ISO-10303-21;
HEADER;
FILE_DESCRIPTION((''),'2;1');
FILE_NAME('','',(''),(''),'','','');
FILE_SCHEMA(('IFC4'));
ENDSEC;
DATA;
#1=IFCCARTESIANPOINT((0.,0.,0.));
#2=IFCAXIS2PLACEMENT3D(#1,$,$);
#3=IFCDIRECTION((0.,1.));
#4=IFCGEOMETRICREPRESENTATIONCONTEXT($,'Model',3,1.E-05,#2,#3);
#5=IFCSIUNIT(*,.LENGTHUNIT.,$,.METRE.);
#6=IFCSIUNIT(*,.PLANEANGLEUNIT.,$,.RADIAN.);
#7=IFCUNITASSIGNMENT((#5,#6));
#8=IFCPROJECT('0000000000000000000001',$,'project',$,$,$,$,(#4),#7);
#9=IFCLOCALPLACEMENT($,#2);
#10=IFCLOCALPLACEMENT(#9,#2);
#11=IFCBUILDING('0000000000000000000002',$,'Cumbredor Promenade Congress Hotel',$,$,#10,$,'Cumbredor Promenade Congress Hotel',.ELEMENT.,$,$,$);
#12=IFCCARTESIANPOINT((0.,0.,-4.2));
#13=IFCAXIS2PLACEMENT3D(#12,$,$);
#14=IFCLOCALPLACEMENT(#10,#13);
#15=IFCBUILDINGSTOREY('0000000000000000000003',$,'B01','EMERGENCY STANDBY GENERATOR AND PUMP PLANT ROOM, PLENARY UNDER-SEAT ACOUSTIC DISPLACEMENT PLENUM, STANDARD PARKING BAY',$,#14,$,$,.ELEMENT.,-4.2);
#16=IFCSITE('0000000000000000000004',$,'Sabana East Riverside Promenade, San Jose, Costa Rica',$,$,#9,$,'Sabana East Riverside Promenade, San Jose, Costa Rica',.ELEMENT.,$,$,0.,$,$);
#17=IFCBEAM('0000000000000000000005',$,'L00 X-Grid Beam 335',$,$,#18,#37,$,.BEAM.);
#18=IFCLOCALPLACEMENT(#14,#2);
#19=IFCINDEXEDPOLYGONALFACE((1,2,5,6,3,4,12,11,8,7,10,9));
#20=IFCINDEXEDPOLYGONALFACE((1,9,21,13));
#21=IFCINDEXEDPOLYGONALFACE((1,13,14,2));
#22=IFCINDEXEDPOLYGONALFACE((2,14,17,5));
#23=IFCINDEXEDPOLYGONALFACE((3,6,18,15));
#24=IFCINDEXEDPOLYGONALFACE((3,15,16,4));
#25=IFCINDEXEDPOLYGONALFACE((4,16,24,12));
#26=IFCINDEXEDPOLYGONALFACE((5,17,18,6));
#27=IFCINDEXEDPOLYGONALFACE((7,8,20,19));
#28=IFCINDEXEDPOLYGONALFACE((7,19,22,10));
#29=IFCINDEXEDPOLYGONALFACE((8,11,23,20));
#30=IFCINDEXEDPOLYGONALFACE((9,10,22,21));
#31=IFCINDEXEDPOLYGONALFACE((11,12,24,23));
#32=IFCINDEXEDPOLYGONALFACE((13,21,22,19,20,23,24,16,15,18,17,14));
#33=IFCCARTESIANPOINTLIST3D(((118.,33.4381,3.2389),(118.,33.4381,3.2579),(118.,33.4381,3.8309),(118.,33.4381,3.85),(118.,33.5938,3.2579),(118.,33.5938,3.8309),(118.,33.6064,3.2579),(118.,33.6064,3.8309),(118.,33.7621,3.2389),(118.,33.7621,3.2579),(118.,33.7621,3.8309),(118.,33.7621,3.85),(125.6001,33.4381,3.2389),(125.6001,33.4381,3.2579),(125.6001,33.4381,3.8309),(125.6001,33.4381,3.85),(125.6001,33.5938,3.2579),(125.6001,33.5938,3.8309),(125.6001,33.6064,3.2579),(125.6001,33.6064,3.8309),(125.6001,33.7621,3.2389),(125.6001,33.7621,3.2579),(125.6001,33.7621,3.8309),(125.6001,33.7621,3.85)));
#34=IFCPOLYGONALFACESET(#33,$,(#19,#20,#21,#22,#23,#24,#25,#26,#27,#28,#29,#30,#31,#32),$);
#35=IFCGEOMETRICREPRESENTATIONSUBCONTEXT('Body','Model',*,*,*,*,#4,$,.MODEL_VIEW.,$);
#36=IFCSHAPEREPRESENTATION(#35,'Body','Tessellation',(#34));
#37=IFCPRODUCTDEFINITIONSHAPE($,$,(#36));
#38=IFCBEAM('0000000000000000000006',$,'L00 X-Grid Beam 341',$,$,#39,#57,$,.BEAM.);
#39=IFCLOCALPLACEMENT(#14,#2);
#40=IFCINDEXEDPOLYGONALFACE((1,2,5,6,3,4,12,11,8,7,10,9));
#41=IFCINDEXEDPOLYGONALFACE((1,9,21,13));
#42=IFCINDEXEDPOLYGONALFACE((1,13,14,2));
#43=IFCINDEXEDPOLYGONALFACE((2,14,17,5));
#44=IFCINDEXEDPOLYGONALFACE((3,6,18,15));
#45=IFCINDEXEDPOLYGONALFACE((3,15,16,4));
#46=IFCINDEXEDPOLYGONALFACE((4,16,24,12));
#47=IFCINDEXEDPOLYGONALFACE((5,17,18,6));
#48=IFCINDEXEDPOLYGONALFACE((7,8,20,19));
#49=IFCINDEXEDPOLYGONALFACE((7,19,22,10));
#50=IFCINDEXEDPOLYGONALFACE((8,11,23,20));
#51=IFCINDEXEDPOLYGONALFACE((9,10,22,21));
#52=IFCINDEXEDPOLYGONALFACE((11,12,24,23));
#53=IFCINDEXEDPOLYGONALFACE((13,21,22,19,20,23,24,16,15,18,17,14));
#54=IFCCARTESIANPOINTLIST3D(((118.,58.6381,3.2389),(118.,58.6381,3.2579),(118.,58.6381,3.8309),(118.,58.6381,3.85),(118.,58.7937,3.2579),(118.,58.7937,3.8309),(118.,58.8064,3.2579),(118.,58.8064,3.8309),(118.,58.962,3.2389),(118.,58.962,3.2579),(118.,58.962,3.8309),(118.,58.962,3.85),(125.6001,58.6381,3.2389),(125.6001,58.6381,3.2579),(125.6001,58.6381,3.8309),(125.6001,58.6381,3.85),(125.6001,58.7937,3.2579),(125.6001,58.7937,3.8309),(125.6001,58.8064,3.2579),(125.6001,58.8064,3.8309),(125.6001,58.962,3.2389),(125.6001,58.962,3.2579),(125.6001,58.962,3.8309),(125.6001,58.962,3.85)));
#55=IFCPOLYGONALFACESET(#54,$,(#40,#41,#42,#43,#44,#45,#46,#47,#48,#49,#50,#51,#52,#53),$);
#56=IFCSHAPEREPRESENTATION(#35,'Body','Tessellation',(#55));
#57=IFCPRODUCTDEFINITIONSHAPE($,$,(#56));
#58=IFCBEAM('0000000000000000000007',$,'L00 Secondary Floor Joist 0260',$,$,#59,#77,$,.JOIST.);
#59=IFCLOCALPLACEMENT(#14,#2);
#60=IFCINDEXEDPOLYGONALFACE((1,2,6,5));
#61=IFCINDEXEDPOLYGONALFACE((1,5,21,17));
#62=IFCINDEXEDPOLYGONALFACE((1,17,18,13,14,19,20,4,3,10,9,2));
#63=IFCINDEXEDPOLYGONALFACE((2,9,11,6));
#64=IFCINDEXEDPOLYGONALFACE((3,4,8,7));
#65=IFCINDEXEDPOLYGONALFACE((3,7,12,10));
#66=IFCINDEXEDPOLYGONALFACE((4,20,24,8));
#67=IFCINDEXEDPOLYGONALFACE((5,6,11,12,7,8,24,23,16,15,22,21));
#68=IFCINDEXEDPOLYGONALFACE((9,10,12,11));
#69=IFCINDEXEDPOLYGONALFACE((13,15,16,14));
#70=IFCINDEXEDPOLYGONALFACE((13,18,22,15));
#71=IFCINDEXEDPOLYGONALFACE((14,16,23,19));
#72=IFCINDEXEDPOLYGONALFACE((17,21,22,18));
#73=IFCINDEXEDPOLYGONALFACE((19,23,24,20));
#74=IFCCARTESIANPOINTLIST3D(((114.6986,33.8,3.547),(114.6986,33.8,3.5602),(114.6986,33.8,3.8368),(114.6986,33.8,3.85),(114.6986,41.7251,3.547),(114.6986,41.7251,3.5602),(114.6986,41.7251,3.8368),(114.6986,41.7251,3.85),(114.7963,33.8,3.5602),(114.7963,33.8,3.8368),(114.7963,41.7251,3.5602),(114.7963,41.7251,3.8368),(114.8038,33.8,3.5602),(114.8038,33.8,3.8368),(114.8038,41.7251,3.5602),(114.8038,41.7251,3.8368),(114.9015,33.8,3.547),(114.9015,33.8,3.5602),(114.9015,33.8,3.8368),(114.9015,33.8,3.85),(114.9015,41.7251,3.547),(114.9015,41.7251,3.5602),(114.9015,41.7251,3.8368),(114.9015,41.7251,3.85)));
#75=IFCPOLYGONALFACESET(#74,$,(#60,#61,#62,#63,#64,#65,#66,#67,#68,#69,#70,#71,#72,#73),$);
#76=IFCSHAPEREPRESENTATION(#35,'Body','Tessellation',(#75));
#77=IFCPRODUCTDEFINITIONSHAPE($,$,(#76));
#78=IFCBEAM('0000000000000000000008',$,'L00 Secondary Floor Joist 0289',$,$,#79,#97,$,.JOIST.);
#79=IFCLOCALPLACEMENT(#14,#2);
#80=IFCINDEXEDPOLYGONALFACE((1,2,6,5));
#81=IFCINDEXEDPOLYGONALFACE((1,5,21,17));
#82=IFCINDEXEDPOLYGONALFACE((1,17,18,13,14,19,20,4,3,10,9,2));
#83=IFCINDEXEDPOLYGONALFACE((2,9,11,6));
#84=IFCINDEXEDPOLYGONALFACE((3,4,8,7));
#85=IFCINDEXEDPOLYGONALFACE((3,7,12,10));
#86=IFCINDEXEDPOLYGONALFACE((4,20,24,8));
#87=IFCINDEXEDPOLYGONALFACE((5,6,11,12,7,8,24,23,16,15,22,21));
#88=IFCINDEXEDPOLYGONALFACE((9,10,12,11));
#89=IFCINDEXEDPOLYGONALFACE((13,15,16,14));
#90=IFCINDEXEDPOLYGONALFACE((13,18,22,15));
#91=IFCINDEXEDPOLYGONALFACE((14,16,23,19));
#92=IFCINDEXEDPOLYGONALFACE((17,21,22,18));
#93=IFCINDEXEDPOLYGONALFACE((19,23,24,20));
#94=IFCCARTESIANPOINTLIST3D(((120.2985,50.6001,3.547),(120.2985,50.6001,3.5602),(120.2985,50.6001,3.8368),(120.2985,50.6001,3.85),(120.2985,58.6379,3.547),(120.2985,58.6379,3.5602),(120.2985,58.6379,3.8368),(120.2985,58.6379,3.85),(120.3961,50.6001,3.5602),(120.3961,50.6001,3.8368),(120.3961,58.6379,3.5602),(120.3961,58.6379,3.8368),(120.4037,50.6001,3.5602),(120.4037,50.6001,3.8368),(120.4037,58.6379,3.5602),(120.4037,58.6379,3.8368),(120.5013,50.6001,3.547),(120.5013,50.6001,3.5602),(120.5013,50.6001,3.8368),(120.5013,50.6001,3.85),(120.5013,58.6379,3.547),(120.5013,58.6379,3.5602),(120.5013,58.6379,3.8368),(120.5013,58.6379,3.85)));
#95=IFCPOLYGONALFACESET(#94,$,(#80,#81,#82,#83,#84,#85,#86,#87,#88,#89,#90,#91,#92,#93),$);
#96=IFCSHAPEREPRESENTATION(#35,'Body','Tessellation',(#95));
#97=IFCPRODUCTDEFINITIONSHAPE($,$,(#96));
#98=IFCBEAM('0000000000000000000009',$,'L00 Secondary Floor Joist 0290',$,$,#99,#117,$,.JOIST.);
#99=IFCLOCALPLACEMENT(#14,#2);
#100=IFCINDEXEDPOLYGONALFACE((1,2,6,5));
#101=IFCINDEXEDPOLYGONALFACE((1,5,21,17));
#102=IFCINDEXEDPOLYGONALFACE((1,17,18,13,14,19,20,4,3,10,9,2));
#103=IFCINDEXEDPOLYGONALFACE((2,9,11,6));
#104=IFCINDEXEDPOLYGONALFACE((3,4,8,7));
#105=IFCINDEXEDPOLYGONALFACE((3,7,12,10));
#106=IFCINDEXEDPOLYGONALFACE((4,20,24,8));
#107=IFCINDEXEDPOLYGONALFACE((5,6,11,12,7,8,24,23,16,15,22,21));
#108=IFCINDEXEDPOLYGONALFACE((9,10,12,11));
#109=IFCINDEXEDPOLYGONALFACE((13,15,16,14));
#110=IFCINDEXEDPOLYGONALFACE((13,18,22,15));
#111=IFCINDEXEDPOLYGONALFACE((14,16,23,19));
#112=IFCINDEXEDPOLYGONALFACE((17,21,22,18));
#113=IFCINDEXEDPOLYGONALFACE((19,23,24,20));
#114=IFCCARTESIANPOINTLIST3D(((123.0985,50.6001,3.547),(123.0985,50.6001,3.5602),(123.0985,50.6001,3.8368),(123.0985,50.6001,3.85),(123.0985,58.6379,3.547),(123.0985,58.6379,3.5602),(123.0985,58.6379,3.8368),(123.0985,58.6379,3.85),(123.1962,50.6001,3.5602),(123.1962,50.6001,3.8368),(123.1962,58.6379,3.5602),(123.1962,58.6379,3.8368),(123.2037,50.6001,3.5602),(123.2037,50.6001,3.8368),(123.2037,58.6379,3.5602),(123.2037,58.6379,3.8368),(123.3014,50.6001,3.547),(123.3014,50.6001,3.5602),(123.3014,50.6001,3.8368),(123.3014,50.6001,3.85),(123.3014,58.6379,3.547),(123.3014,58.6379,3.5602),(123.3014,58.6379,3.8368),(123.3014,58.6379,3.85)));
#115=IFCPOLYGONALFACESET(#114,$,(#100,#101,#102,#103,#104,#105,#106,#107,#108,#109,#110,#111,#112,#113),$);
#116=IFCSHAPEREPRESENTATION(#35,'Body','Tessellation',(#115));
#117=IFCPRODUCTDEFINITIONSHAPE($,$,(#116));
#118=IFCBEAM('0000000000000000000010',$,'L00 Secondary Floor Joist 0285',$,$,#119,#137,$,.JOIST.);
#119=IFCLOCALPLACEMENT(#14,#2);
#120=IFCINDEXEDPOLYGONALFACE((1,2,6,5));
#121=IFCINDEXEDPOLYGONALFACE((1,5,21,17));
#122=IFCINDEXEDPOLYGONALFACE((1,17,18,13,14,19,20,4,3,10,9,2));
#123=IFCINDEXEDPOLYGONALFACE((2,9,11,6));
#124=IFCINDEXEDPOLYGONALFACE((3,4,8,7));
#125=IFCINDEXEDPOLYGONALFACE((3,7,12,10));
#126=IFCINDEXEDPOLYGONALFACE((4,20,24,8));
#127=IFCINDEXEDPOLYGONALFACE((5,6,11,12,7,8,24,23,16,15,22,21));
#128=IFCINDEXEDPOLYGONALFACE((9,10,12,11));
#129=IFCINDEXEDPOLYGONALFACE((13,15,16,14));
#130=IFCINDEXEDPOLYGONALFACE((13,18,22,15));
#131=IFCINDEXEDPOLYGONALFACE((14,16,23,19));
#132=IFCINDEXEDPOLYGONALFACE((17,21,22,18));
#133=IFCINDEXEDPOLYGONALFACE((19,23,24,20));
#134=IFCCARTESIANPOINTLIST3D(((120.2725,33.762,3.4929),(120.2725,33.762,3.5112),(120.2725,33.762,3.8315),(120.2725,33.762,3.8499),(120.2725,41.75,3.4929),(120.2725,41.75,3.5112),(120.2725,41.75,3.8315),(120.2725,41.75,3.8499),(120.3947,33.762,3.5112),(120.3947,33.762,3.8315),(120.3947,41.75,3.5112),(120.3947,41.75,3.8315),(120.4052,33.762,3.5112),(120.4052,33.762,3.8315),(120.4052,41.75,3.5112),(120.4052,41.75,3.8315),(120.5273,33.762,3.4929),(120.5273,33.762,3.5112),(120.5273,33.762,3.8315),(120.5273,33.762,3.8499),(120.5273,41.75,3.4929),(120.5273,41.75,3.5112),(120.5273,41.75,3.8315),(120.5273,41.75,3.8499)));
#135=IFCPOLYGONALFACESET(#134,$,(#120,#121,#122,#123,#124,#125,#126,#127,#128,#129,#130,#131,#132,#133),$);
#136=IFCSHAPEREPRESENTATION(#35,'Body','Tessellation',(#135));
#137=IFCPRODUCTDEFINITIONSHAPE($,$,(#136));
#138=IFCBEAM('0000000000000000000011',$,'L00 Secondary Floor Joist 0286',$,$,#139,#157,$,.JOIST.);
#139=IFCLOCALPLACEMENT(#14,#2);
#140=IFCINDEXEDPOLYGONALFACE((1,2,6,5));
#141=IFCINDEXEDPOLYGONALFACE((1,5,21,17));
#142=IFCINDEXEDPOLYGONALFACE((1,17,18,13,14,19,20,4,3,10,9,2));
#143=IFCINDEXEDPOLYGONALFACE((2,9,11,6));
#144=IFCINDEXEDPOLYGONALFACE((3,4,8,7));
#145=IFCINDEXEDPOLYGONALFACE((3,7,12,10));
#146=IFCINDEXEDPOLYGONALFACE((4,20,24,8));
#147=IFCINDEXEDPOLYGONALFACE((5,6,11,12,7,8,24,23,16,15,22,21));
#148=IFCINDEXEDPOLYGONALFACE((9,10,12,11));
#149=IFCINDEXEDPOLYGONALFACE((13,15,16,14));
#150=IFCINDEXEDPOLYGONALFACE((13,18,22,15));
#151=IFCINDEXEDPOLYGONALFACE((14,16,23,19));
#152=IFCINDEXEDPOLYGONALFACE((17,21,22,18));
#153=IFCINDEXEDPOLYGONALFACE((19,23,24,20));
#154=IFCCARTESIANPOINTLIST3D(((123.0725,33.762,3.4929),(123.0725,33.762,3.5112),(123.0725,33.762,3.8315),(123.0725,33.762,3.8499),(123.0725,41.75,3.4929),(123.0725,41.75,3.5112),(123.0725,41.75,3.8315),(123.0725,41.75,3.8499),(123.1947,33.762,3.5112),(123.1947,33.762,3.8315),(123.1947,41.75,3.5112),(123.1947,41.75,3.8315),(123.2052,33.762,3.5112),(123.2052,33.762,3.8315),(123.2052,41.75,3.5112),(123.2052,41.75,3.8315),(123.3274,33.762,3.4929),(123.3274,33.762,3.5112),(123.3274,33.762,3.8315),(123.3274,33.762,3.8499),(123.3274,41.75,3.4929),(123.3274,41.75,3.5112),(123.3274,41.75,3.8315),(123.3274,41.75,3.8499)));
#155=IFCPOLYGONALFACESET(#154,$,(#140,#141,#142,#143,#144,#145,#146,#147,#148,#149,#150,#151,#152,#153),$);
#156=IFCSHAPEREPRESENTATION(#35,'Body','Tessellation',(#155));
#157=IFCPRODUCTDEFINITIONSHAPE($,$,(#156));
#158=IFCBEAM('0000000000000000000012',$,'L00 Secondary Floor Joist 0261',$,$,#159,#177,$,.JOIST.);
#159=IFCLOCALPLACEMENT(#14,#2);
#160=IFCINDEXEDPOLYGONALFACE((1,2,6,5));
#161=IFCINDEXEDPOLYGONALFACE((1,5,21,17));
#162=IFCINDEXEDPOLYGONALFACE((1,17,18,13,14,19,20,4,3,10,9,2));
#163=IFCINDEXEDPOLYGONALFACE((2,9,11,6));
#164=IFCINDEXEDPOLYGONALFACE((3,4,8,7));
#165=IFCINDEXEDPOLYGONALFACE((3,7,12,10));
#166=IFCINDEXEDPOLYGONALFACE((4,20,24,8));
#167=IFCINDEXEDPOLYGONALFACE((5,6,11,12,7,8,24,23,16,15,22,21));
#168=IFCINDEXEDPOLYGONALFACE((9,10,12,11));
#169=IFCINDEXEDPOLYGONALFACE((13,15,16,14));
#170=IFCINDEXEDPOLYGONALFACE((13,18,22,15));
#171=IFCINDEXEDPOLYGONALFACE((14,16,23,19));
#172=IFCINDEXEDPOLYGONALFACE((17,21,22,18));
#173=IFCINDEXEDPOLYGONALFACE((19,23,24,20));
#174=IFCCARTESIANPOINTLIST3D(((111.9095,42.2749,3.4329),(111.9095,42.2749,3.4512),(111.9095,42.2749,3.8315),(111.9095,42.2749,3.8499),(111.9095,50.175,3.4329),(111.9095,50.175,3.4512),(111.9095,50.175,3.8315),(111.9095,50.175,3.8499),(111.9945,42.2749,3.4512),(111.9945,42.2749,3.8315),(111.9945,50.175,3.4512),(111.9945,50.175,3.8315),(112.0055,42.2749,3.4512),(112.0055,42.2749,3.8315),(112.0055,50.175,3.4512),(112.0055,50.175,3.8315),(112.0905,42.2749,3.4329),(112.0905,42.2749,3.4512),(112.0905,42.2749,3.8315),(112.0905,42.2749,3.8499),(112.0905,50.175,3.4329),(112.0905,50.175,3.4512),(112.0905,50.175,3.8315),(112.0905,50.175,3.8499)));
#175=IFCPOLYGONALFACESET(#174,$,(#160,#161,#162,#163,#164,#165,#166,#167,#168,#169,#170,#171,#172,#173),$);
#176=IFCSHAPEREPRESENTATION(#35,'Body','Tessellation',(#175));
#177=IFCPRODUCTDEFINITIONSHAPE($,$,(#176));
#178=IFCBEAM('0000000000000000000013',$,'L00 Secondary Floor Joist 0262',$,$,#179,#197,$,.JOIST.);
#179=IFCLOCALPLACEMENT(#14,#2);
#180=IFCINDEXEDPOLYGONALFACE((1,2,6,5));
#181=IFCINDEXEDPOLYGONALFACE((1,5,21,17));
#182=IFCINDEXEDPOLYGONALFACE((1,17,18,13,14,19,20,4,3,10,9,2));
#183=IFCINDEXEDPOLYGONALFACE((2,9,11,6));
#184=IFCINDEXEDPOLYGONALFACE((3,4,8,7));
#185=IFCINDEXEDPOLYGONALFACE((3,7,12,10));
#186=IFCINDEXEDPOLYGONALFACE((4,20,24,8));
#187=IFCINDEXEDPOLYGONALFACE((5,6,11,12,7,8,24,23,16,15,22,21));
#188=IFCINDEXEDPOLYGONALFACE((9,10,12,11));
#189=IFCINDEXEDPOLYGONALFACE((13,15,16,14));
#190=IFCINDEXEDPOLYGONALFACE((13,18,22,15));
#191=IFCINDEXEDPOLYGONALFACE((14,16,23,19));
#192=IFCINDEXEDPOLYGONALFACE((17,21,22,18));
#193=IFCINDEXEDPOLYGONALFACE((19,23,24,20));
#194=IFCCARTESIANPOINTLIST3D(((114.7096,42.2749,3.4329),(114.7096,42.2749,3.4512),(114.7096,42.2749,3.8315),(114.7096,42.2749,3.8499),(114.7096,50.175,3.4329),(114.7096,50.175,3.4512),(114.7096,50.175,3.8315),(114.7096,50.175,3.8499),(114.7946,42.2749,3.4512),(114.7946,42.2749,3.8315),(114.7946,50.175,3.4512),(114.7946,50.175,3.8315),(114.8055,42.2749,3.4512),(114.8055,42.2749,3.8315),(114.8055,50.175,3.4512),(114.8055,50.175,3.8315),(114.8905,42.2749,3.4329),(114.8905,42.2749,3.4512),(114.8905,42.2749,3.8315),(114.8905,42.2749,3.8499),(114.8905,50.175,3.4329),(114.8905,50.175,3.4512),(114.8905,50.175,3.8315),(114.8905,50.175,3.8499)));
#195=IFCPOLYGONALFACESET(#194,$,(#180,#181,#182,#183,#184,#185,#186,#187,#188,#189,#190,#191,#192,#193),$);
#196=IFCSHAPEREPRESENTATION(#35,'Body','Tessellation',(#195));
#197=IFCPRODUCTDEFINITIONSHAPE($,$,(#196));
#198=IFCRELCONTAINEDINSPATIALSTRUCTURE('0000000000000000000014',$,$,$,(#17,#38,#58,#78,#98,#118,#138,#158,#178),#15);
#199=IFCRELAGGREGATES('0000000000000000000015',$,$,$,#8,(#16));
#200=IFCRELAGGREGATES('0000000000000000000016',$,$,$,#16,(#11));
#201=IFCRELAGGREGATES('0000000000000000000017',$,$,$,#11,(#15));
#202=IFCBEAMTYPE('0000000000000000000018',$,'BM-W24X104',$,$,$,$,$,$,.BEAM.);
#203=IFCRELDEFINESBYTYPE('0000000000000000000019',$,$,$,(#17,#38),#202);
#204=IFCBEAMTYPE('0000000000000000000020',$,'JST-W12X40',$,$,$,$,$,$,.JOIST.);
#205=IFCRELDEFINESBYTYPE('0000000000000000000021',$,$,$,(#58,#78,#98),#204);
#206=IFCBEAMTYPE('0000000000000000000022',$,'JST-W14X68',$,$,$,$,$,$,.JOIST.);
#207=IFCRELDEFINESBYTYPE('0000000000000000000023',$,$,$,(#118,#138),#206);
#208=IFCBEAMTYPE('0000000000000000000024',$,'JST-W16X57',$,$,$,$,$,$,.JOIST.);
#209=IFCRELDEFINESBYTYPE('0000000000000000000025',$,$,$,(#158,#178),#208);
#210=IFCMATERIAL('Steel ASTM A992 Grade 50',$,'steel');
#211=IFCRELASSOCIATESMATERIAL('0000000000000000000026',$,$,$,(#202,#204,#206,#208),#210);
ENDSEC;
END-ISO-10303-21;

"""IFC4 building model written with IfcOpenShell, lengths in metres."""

from ifc_helpers import new_model, si_unit, direction, frame, origin, origin_2d, place, context, subcontext, project, spatial, i_section, extrude, material, material_profile, profile_set, type_object, element, save


model = new_model("IFC4")

# Units and contexts
model_context = context("Model", 3, precision=1e-05, world=origin(), true_north=direction((0.0, 1.0)))
body_context = subcontext(model_context, "Body", "Model", "MODEL_VIEW")
ifc_project = project(units=[si_unit("LENGTHUNIT", "METRE"), si_unit("PLANEANGLEUNIT", "RADIAN")], contexts=[model_context])

# Site, building, storey
site_placement = place(None, origin())
site = spatial("IfcSite", under=ifc_project, at=site_placement, Name="Sabana East Riverside Promenade, San Jose, Costa Rica", LongName="Sabana East Riverside Promenade, San Jose, Costa Rica", CompositionType="ELEMENT", RefElevation=0.0)
building_placement = place(site_placement, origin())
building = spatial("IfcBuilding", under=site, at=building_placement, Name="Cumbredor Promenade Congress Hotel", LongName="Cumbredor Promenade Congress Hotel", CompositionType="ELEMENT")
storey_placement = place(building_placement, frame((0.0, 0.0, -4.2)))
storey = spatial("IfcBuildingStorey", under=building, at=storey_placement, Name="B01", Description="EMERGENCY STANDBY GENERATOR AND PUMP PLANT ROOM, PLENARY UNDER-SEAT ACOUSTIC DISPLACEMENT PLENUM, STANDARD PARKING BAY", CompositionType="ELEMENT", Elevation=-4.2)

# Beams
ifc_material_1 = material(Name="Steel ASTM A992 Grade 50", Category="steel")
ifc_material_profile_1 = material_profile(ifc_material_1, i_section(OverallWidth=0.324, OverallDepth=0.6111, WebThickness=0.0127, FlangeThickness=0.019, at=origin_2d()), Name="W24X104")
ifc_profile_set_1 = profile_set([ifc_material_profile_1], Name="Steel ASTM A992 Grade 50")
beam_type_1 = type_object("IfcBeamType", Name="BM-W24X104", PredefinedType="BEAM", material=ifc_profile_set_1)
for number, where, z_axis, x_axis, name in (
    (1, (118.0, 33.6001, 3.5444), (1.0, 0.0, 0.0), (0.0, 1.0, 0.0), "L00 X-Grid Beam 335"),
    (2, (118.0, 58.8, 3.5444), (1.0, 0.0, 0.0), (0.0, 1.0, 0.0), "L00 X-Grid Beam 341"),
):
    element("IfcBeam", number, at=place(storey_placement, frame(where, z_axis=z_axis, x_axis=x_axis)), inside=storey, type_object=beam_type_1, Name=name, PredefinedType="BEAM", context=body_context, shape_type="SweptSolid", body=[
        extrude(i_section(OverallWidth=0.324, OverallDepth=0.6111, WebThickness=0.0127, FlangeThickness=0.019, at=origin_2d()), origin(), (0.0, 0.0, 1.0), 7.6001),
    ])
ifc_material_profile_2 = material_profile(ifc_material_1, i_section(OverallWidth=0.2029, OverallDepth=0.303, WebThickness=0.0076, FlangeThickness=0.0132, at=origin_2d()), Name="W12X40")
ifc_profile_set_2 = profile_set([ifc_material_profile_2], Name="Steel ASTM A992 Grade 50")
beam_type_2 = type_object("IfcBeamType", Name="JST-W12X40", PredefinedType="JOIST", material=ifc_profile_set_2)
beam_1_placement = place(storey_placement, frame((114.8, 33.8, 3.6985), z_axis=(0.0, 1.0, 0.0), x_axis=(-1.0, 0.0, 0.0)))
element("IfcBeam", 3, at=beam_1_placement, inside=storey, type_object=beam_type_2, Name="L00 Secondary Floor Joist 0260", PredefinedType="JOIST", context=body_context, shape_type="SweptSolid", body=[
    extrude(i_section(OverallWidth=0.2029, OverallDepth=0.303, WebThickness=0.0076, FlangeThickness=0.0132, at=origin_2d()), origin(), (0.0, 0.0, 1.0), 7.925),
])
for number, where, z_axis, x_axis, name in (
    (4, (120.3999, 50.6001, 3.6985), (0.0, 1.0, 0.0), (-1.0, 0.0, 0.0), "L00 Secondary Floor Joist 0289"),
    (5, (123.2, 50.6001, 3.6985), (0.0, 1.0, 0.0), (-1.0, 0.0, 0.0), "L00 Secondary Floor Joist 0290"),
):
    element("IfcBeam", number, at=place(storey_placement, frame(where, z_axis=z_axis, x_axis=x_axis)), inside=storey, type_object=beam_type_2, Name=name, PredefinedType="JOIST", context=body_context, shape_type="SweptSolid", body=[
        extrude(i_section(OverallWidth=0.2029, OverallDepth=0.303, WebThickness=0.0076, FlangeThickness=0.0132, at=origin_2d()), origin(), (0.0, 0.0, 1.0), 8.0378),
    ])
ifc_material_profile_3 = material_profile(ifc_material_1, i_section(OverallWidth=0.2549, OverallDepth=0.3569, WebThickness=0.0105, FlangeThickness=0.0183, at=origin_2d()), Name="W14X68")
ifc_profile_set_3 = profile_set([ifc_material_profile_3], Name="Steel ASTM A992 Grade 50")
beam_type_3 = type_object("IfcBeamType", Name="JST-W14X68", PredefinedType="JOIST", material=ifc_profile_set_3)
for number, where, z_axis, x_axis, name in (
    (6, (120.3999, 33.762, 3.6714), (0.0, 1.0, 0.0), (-1.0, 0.0, 0.0), "L00 Secondary Floor Joist 0285"),
    (7, (123.2, 33.762, 3.6714), (0.0, 1.0, 0.0), (-1.0, 0.0, 0.0), "L00 Secondary Floor Joist 0286"),
):
    element("IfcBeam", number, at=place(storey_placement, frame(where, z_axis=z_axis, x_axis=x_axis)), inside=storey, type_object=beam_type_3, Name=name, PredefinedType="JOIST", context=body_context, shape_type="SweptSolid", body=[
        extrude(i_section(OverallWidth=0.2549, OverallDepth=0.3569, WebThickness=0.0105, FlangeThickness=0.0183, at=origin_2d()), origin(), (0.0, 0.0, 1.0), 7.988),
    ])
ifc_material_profile_4 = material_profile(ifc_material_1, i_section(OverallWidth=0.1809, OverallDepth=0.417, WebThickness=0.011, FlangeThickness=0.0183, at=origin_2d()), Name="W16X57")
ifc_profile_set_4 = profile_set([ifc_material_profile_4], Name="Steel ASTM A992 Grade 50")
beam_type_4 = type_object("IfcBeamType", Name="JST-W16X57", PredefinedType="JOIST", material=ifc_profile_set_4)
for number, where, z_axis, x_axis, name in (
    (8, (112.0, 42.2749, 3.6414), (0.0, 1.0, 0.0), (-1.0, 0.0, 0.0), "L00 Secondary Floor Joist 0261"),
    (9, (114.8, 42.2749, 3.6414), (0.0, 1.0, 0.0), (-1.0, 0.0, 0.0), "L00 Secondary Floor Joist 0262"),
):
    element("IfcBeam", number, at=place(storey_placement, frame(where, z_axis=z_axis, x_axis=x_axis)), inside=storey, type_object=beam_type_4, Name=name, PredefinedType="JOIST", context=body_context, shape_type="SweptSolid", body=[
        extrude(i_section(OverallWidth=0.1809, OverallDepth=0.417, WebThickness=0.011, FlangeThickness=0.0183, at=origin_2d()), origin(), (0.0, 0.0, 1.0), 7.9001),
    ])

save(model, "model.ifc")
